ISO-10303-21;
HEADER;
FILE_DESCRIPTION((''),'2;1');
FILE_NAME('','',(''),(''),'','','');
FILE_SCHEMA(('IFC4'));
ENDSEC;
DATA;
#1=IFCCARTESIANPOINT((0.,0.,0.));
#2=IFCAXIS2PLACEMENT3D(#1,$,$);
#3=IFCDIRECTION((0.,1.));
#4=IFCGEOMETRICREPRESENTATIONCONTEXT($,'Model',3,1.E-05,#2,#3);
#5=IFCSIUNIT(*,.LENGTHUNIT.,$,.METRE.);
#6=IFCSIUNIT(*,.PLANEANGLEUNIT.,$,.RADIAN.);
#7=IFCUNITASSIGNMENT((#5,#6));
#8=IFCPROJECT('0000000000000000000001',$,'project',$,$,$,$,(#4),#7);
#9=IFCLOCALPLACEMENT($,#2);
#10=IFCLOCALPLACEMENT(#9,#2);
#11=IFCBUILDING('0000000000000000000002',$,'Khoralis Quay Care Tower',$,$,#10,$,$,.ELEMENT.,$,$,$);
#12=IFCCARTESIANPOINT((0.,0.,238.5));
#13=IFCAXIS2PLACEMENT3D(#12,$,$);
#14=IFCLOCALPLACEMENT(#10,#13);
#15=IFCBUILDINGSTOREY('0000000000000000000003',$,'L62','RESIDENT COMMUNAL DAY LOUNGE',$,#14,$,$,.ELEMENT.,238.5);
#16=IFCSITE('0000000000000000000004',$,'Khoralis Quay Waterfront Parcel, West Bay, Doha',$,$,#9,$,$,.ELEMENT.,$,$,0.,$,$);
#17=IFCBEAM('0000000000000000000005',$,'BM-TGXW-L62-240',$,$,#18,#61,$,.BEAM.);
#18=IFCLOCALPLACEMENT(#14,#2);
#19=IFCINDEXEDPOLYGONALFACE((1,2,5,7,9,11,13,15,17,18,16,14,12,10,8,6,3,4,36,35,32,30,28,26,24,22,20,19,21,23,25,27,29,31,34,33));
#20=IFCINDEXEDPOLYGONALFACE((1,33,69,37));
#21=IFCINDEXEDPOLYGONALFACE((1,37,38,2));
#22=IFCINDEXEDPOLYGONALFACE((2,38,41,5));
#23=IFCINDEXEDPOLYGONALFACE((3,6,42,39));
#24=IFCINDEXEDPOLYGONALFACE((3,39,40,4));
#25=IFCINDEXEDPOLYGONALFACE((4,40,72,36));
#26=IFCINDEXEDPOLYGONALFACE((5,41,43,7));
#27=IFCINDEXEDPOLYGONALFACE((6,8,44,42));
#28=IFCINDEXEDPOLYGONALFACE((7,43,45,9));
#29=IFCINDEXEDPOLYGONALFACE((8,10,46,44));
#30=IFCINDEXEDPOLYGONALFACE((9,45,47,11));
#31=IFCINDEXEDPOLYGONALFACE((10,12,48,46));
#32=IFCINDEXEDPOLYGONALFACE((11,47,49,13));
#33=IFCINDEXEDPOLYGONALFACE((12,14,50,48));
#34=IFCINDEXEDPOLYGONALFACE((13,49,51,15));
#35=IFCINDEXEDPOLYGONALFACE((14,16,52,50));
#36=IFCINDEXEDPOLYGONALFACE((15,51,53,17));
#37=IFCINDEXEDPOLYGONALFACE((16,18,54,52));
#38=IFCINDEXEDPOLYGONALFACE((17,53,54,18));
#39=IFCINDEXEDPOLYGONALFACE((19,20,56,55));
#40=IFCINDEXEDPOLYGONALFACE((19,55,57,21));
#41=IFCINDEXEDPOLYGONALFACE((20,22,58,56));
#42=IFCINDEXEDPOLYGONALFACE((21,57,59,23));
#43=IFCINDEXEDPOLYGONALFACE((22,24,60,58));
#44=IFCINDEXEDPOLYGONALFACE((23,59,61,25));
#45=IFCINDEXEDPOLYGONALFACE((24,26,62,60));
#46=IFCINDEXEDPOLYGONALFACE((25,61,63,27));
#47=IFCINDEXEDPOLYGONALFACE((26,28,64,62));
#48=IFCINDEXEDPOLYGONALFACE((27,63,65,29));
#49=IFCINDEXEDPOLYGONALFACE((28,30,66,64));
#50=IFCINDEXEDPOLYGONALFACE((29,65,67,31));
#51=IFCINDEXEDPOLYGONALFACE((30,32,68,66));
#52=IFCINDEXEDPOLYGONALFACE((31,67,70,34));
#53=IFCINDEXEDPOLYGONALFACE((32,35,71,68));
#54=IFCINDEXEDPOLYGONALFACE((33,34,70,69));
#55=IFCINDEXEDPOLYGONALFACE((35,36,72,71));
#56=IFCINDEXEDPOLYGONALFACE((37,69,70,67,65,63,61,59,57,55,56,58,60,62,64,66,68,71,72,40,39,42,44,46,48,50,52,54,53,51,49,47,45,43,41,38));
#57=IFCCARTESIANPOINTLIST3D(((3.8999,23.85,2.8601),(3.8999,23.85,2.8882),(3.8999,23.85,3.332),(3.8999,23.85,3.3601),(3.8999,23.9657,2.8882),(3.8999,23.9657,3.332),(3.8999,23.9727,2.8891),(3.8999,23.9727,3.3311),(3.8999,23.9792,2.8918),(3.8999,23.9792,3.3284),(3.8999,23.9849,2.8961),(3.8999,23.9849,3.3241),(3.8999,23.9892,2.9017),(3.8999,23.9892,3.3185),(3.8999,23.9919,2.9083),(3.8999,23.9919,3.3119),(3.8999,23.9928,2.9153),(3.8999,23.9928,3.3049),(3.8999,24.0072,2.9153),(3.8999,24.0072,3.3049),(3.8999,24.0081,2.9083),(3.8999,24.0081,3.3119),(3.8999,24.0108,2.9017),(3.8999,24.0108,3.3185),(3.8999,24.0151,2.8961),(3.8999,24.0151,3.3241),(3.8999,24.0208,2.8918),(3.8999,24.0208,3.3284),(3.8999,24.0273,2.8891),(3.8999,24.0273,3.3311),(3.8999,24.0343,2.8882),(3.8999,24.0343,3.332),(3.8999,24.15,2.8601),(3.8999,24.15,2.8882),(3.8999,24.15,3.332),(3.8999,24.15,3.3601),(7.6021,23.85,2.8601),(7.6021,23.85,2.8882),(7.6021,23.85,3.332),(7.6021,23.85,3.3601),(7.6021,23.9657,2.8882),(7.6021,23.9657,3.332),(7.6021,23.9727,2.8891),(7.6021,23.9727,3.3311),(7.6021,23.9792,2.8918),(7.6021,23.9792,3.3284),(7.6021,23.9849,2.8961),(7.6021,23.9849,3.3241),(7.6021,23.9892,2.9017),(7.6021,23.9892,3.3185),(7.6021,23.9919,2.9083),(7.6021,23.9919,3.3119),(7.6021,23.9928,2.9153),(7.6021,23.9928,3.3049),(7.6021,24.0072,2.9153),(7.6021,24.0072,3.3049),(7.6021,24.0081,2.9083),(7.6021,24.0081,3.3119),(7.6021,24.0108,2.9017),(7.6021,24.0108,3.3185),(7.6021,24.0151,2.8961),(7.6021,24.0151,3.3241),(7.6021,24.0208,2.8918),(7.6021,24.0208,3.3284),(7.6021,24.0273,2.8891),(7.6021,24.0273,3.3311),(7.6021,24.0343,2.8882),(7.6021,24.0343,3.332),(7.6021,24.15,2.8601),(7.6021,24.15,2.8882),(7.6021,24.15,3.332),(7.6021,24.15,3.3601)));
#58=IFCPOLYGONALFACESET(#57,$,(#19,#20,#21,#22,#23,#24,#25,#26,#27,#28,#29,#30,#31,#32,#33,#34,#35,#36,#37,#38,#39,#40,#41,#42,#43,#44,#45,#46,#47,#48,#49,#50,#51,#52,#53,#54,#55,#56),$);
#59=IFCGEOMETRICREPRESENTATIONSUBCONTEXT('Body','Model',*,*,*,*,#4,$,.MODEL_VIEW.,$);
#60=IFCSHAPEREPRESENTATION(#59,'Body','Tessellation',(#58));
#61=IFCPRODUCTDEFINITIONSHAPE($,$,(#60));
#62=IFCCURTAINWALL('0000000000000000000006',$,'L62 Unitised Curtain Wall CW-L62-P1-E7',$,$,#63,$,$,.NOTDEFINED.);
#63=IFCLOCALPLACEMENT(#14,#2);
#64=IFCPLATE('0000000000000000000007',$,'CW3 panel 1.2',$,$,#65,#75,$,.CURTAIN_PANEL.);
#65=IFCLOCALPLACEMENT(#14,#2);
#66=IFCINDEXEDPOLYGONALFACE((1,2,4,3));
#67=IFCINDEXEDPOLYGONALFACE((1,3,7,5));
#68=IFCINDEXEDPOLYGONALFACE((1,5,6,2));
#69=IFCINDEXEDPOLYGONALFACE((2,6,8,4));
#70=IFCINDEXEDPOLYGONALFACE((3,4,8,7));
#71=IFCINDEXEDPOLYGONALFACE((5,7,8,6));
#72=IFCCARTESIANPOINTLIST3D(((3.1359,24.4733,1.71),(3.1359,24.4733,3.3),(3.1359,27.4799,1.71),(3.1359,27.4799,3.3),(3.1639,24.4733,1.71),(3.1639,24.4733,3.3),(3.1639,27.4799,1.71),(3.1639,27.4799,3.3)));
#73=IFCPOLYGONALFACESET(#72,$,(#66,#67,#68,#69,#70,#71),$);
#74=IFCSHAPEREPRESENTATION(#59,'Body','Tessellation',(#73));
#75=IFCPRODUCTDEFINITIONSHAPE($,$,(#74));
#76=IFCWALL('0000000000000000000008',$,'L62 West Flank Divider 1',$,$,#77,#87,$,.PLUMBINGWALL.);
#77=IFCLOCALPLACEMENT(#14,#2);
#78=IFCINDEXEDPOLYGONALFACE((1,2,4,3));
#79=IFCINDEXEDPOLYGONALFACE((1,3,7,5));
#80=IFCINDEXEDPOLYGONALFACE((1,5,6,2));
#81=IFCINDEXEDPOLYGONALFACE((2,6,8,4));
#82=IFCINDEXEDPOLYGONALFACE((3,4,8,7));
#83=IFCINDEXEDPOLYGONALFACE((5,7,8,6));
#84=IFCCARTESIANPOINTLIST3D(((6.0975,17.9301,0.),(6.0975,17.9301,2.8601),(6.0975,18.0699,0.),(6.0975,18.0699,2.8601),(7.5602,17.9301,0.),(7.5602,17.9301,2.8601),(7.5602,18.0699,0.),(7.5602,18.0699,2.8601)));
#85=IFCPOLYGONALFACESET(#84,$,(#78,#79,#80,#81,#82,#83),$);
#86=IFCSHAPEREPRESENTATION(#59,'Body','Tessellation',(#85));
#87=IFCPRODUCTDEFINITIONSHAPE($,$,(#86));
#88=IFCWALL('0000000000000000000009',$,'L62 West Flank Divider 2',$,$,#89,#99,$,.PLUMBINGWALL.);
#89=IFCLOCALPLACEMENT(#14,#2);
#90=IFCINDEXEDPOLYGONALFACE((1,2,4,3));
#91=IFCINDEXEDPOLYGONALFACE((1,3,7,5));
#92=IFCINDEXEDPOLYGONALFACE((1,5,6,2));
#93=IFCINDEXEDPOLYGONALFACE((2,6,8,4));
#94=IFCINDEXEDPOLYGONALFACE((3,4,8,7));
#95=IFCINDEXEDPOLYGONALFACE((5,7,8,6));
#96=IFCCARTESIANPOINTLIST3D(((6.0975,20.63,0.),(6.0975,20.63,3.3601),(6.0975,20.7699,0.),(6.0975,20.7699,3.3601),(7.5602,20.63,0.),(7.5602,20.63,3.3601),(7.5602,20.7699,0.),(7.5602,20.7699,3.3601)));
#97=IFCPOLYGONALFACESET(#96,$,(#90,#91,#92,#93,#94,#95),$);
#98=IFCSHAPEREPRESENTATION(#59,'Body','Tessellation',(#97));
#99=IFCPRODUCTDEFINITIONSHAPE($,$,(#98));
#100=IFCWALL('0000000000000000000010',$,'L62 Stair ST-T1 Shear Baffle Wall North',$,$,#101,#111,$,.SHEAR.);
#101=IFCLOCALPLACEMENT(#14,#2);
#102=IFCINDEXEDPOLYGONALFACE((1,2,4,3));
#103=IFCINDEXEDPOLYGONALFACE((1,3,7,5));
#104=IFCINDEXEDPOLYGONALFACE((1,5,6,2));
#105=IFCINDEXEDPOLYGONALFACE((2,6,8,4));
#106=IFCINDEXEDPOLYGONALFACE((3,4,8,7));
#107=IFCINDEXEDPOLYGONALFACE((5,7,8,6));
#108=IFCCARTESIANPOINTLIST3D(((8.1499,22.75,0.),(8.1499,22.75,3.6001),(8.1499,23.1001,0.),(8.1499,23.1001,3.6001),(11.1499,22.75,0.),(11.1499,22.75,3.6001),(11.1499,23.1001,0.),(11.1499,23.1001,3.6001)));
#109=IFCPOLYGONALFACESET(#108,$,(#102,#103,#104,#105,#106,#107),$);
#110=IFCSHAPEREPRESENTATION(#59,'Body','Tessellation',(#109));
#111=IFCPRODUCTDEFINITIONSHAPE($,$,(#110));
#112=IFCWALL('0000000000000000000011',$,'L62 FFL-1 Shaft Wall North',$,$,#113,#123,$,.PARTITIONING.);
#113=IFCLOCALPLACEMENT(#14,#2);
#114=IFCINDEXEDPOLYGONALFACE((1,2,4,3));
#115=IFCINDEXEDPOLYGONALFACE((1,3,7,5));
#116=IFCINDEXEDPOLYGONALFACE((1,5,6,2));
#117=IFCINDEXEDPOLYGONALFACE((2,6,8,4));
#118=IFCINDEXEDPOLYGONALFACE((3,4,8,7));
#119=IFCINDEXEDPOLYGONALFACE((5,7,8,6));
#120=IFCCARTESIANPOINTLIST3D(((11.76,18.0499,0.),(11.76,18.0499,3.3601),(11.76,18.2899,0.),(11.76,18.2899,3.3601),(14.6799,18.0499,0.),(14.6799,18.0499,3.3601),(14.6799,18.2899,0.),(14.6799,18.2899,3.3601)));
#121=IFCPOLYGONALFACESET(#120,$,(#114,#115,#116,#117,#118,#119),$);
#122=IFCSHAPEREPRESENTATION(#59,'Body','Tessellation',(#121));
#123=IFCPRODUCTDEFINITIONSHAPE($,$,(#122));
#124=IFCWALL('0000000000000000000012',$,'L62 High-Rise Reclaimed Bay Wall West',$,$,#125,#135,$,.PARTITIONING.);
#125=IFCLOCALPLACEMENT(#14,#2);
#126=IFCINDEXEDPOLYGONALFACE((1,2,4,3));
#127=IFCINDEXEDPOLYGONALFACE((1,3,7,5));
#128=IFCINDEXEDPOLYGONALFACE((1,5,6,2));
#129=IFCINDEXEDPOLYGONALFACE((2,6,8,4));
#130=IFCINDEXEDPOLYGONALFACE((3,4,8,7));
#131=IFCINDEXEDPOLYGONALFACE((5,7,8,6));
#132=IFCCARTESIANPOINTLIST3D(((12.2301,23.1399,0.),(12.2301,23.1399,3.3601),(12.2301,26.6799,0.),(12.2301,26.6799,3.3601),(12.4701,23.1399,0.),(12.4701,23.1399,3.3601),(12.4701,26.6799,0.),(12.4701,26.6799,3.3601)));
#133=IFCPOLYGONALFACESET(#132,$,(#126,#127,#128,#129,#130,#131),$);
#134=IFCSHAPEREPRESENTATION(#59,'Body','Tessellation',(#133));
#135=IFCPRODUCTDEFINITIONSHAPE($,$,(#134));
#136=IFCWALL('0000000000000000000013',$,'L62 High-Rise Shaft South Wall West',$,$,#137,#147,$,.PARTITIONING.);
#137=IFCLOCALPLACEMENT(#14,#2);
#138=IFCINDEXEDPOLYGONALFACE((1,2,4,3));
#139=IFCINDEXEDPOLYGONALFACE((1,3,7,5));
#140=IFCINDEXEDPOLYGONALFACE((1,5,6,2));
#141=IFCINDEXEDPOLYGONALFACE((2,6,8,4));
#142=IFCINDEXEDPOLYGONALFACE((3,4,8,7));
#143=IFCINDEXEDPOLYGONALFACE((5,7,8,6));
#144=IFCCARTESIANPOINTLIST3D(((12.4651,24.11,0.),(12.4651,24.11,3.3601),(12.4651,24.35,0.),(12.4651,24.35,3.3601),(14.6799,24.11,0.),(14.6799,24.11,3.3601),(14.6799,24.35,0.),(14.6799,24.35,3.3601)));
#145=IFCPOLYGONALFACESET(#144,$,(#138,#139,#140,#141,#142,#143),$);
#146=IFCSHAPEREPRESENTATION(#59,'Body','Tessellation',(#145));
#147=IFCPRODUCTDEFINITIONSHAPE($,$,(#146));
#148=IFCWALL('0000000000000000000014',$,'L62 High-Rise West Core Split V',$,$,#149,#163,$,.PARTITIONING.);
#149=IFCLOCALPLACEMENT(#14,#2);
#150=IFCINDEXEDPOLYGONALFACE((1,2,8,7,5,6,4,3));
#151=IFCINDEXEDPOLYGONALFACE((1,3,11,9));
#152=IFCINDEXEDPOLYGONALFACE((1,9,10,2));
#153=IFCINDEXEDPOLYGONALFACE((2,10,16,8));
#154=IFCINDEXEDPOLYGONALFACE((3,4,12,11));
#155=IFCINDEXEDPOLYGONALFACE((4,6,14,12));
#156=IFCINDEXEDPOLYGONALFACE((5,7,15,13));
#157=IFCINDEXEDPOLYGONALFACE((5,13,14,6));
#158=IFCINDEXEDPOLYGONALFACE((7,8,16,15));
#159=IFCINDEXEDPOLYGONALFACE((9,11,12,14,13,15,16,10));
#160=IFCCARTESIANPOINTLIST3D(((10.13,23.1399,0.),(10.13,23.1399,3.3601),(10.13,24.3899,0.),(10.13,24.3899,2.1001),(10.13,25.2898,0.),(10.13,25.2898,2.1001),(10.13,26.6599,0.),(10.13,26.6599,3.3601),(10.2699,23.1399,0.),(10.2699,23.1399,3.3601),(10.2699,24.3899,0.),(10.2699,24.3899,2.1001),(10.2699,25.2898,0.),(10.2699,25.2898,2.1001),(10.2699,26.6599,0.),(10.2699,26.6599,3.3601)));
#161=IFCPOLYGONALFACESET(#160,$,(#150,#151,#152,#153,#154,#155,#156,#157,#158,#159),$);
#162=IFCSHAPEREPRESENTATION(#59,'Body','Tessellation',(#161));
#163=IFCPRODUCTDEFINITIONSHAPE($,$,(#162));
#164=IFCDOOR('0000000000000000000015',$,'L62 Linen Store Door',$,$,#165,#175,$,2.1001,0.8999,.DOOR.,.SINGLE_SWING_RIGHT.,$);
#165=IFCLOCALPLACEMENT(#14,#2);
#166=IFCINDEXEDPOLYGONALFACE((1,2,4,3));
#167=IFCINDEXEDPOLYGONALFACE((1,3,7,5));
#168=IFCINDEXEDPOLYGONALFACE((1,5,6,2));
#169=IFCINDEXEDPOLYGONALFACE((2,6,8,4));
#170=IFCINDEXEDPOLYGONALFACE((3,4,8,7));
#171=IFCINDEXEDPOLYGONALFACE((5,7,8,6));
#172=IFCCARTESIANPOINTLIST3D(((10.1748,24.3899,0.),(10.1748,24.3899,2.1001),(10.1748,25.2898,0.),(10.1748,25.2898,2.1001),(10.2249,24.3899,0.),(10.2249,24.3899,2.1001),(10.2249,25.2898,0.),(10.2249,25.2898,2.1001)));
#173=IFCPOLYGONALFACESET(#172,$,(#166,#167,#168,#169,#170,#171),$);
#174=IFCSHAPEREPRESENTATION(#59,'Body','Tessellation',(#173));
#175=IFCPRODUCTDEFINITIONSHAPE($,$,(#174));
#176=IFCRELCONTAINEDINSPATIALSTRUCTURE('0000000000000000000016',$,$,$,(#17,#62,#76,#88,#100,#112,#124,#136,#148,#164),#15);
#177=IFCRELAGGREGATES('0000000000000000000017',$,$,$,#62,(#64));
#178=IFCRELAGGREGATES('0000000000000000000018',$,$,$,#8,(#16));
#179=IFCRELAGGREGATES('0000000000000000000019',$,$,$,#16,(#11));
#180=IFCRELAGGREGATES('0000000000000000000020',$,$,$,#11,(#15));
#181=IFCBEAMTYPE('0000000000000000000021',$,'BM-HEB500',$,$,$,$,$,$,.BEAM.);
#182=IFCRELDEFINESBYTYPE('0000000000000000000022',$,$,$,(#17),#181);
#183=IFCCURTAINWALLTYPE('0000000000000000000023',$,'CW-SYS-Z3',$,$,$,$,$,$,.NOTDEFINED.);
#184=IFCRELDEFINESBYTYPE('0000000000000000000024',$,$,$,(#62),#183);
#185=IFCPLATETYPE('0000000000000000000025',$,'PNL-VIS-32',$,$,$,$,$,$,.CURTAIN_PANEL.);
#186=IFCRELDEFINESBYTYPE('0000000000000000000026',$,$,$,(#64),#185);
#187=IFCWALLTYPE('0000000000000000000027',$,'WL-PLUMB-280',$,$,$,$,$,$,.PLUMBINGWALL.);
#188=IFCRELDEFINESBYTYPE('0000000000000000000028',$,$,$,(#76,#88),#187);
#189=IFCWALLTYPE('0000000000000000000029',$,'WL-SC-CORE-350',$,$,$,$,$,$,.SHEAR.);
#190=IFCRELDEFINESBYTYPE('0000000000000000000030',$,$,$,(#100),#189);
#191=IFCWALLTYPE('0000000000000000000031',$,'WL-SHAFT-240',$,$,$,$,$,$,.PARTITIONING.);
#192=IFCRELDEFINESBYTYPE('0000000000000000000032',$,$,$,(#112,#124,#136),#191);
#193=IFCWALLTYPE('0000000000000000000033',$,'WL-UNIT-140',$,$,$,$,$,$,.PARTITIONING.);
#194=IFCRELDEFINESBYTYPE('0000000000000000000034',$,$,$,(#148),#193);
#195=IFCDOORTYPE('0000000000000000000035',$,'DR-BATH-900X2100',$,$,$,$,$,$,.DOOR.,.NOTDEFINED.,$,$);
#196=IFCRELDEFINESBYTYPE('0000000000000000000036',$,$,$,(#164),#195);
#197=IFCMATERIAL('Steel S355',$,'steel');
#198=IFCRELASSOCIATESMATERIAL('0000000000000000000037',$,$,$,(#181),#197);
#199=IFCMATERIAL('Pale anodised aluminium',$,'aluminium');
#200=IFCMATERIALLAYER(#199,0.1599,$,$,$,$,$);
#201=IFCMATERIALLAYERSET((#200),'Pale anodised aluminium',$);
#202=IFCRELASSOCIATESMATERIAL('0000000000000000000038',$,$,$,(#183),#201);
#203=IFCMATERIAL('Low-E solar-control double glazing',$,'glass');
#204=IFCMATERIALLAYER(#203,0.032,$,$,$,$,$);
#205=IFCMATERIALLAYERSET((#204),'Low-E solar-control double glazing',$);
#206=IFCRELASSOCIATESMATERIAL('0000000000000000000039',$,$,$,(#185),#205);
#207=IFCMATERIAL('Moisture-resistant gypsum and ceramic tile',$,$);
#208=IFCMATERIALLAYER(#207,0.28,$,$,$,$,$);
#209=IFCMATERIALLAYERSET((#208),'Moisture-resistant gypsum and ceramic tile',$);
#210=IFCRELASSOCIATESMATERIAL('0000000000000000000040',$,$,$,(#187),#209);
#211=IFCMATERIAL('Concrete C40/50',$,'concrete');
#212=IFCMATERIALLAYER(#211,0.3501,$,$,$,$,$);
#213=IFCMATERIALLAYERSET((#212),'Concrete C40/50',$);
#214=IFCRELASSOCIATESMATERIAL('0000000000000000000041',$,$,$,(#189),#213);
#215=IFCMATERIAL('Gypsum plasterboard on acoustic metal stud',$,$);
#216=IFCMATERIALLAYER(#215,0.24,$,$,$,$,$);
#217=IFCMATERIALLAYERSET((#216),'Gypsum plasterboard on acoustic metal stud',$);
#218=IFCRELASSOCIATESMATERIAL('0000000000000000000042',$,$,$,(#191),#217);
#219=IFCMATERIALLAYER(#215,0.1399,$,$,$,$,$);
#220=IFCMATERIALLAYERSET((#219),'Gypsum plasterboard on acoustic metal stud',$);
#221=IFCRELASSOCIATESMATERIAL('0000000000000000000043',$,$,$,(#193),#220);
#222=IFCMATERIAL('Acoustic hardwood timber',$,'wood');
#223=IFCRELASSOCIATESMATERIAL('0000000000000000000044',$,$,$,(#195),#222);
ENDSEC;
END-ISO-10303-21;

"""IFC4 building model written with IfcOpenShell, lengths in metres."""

from ifc_helpers import new_model, si_unit, direction, frame, frame_2d, origin, origin_2d, place, context, subcontext, project, spatial, rectangle, i_section, extrude, source, transform, mapped, material, layer, layer_set, material_profile, profile_set, type_object, element, fill, aggregate, save


model = new_model("IFC4")

# Units and contexts
model_context = context("Model", 3, precision=1e-05, world=origin(), true_north=direction((0.0, 1.0)))
body_context = subcontext(model_context, "Body", "Model", "MODEL_VIEW")
ifc_project = project(units=[si_unit("LENGTHUNIT", "METRE"), si_unit("PLANEANGLEUNIT", "RADIAN")], contexts=[model_context])

# Site, building, storey
site_placement = place(None, origin())
site = spatial("IfcSite", under=ifc_project, at=site_placement, Name="Khoralis Quay Waterfront Parcel, West Bay, Doha", CompositionType="ELEMENT", RefElevation=0.0)
building_placement = place(site_placement, origin())
building = spatial("IfcBuilding", under=site, at=building_placement, Name="Khoralis Quay Care Tower", CompositionType="ELEMENT")
storey_placement = place(building_placement, frame((0.0, 0.0, 238.5)))
storey = spatial("IfcBuildingStorey", under=building, at=storey_placement, Name="L62", Description="RESIDENT COMMUNAL DAY LOUNGE", CompositionType="ELEMENT", Elevation=238.5)

# Beam
ifc_material_1 = material(Name="Steel S355", Category="steel")
ifc_material_profile_1 = material_profile(ifc_material_1, i_section(OverallWidth=0.3, OverallDepth=0.5, WebThickness=0.0144, FlangeThickness=0.0281, FilletRadius=0.0271, at=origin_2d()), Name="Steel S355")
ifc_profile_set_1 = profile_set([ifc_material_profile_1], Name="Steel S355")
beam_type_1 = type_object("IfcBeamType", Name="BM-HEB500", PredefinedType="BEAM", material=ifc_profile_set_1)
shared_shape_1 = source(origin(), body_context, "Body", "SweptSolid", [
    extrude(i_section(OverallWidth=0.3, OverallDepth=0.5, WebThickness=0.0144, FlangeThickness=0.0281, FilletRadius=0.0271, at=origin_2d()), origin(), (0.0, 0.0, 1.0), 3.7021),
])
for number, where, z_axis, x_axis, name in (
    (1, (3.8999, 24.0, 3.1101), (1.0, 0.0, 0.0), (0.0, 1.0, 0.0), "BM-TGXW-L62-240"),
):
    element("IfcBeam", number, at=place(storey_placement, frame(where, z_axis=z_axis, x_axis=x_axis)), inside=storey, type_object=beam_type_1, Name=name, PredefinedType="BEAM", context=body_context, shape_type="MappedRepresentation", body=[
        mapped(shared_shape_1, transform((0.0, 0.0, 0.0), scale=1.0)),
    ])

# Curtain wall, plate
ifc_material_2 = material(Name="Pale anodised aluminium", Category="aluminium")
ifc_layer_1 = layer(ifc_material_2, 0.1599)
ifc_layer_set_1 = layer_set([ifc_layer_1], Name="Pale anodised aluminium")
curtain_wall_type = type_object("IfcCurtainWallType", Name="CW-SYS-Z3", PredefinedType="NOTDEFINED", material=ifc_layer_set_1)
curtain_wall_placement = place(storey_placement, origin())
curtain_wall = element("IfcCurtainWall", 2, at=curtain_wall_placement, inside=storey, type_object=curtain_wall_type, Name="L62 Unitised Curtain Wall CW-L62-P1-E7", PredefinedType="NOTDEFINED")
ifc_material_3 = material(Name="Low-E solar-control double glazing", Category="glass")
ifc_layer_2 = layer(ifc_material_3, 0.032)
ifc_layer_set_2 = layer_set([ifc_layer_2], Name="Low-E solar-control double glazing")
plate_type = type_object("IfcPlateType", Name="PNL-VIS-32", PredefinedType="CURTAIN_PANEL", material=ifc_layer_set_2)
shared_shape_2 = source(origin(), body_context, "Body", "SweptSolid", [
    extrude(rectangle(XDim=3.0066, YDim=0.0281, at=origin_2d()), origin(), (0.0, 0.0, 1.0), 1.5901),
])
plate_placement = place(storey_placement, frame((3.1499, 25.9766, 1.71), z_axis=(0.0, 0.0, 1.0), x_axis=(0.0, -1.0, 0.0)))
plate = element("IfcPlate", 3, at=plate_placement, type_object=plate_type, Name="CW3 panel 1.2", PredefinedType="CURTAIN_PANEL", context=body_context, shape_type="MappedRepresentation", body=[
    mapped(shared_shape_2, transform((0.0, 0.0, 0.0), scale=1.0)),
])
aggregate(curtain_wall, [plate])

# Walls
ifc_material_4 = material(Name="Moisture-resistant gypsum and ceramic tile")
ifc_layer_3 = layer(ifc_material_4, 0.28)
ifc_layer_set_3 = layer_set([ifc_layer_3], Name="Moisture-resistant gypsum and ceramic tile")
wall_type_1 = type_object("IfcWallType", Name="WL-PLUMB-280", PredefinedType="PLUMBINGWALL", material=ifc_layer_set_3)
wall_1_placement = place(storey_placement, frame((6.0974, 18.0, 0.0), z_axis=(0.0, 0.0, 1.0), x_axis=(1.0, 0.0, 0.0)))
element("IfcWall", 4, at=wall_1_placement, inside=storey, type_object=wall_type_1, Name="L62 West Flank Divider 1", PredefinedType="PLUMBINGWALL", context=body_context, shape_type="SweptSolid", body=[
    extrude(rectangle(XDim=1.4626, YDim=0.1399, at=frame_2d((0.7314, 0.0))), origin(), (0.0, 0.0, 1.0), 2.8601),
])
wall_2_placement = place(storey_placement, frame((6.0974, 20.7, 0.0), z_axis=(0.0, 0.0, 1.0), x_axis=(1.0, 0.0, 0.0)))
element("IfcWall", 5, at=wall_2_placement, inside=storey, type_object=wall_type_1, Name="L62 West Flank Divider 2", PredefinedType="PLUMBINGWALL", context=body_context, shape_type="SweptSolid", body=[
    extrude(rectangle(XDim=1.4626, YDim=0.1399, at=frame_2d((0.7314, 0.0))), origin(), (0.0, 0.0, 1.0), 3.3601),
])
ifc_material_5 = material(Name="Concrete C40/50", Category="concrete")
ifc_layer_4 = layer(ifc_material_5, 0.3501)
ifc_layer_set_4 = layer_set([ifc_layer_4], Name="Concrete C40/50")
wall_type_2 = type_object("IfcWallType", Name="WL-SC-CORE-350", PredefinedType="SHEAR", material=ifc_layer_set_4)
wall_3_placement = place(storey_placement, frame((8.1499, 22.925, 0.0), z_axis=(0.0, 0.0, 1.0), x_axis=(1.0, 0.0, 0.0)))
element("IfcWall", 6, at=wall_3_placement, inside=storey, type_object=wall_type_2, Name="L62 Stair ST-T1 Shear Baffle Wall North", PredefinedType="SHEAR", context=body_context, shape_type="SweptSolid", body=[
    extrude(rectangle(XDim=3.0, YDim=0.3501, at=frame_2d((1.5, 0.0))), origin(), (0.0, 0.0, 1.0), 3.6001),
])
ifc_material_6 = material(Name="Gypsum plasterboard on acoustic metal stud")
ifc_layer_5 = layer(ifc_material_6, 0.24)
ifc_layer_set_5 = layer_set([ifc_layer_5], Name="Gypsum plasterboard on acoustic metal stud")
wall_type_3 = type_object("IfcWallType", Name="WL-SHAFT-240", PredefinedType="PARTITIONING", material=ifc_layer_set_5)
wall_4_placement = place(storey_placement, frame((11.76, 18.1699, 0.0), z_axis=(0.0, 0.0, 1.0), x_axis=(1.0, 0.0, 0.0)))
element("IfcWall", 7, at=wall_4_placement, inside=storey, type_object=wall_type_3, Name="L62 FFL-1 Shaft Wall North", PredefinedType="PARTITIONING", context=body_context, shape_type="SweptSolid", body=[
    extrude(rectangle(XDim=2.9199, YDim=0.24, at=frame_2d((1.46, 0.0))), origin(), (0.0, 0.0, 1.0), 3.3601),
])
wall_5_placement = place(storey_placement, frame((12.3501, 23.1399, 0.0), z_axis=(0.0, 0.0, 1.0), x_axis=(0.0, 1.0, 0.0)))
element("IfcWall", 8, at=wall_5_placement, inside=storey, type_object=wall_type_3, Name="L62 High-Rise Reclaimed Bay Wall West", PredefinedType="PARTITIONING", context=body_context, shape_type="SweptSolid", body=[
    extrude(rectangle(XDim=3.54, YDim=0.24, at=frame_2d((1.77, 0.0))), origin(), (0.0, 0.0, 1.0), 3.3601),
])
wall_6_placement = place(storey_placement, frame((12.4651, 24.23, 0.0), z_axis=(0.0, 0.0, 1.0), x_axis=(1.0, 0.0, 0.0)))
element("IfcWall", 9, at=wall_6_placement, inside=storey, type_object=wall_type_3, Name="L62 High-Rise Shaft South Wall West", PredefinedType="PARTITIONING", context=body_context, shape_type="SweptSolid", body=[
    extrude(rectangle(XDim=2.2148, YDim=0.24, at=frame_2d((1.1074, 0.0))), origin(), (0.0, 0.0, 1.0), 3.3601),
])

# Wall, opening, door
ifc_layer_6 = layer(ifc_material_6, 0.1399)
ifc_layer_set_6 = layer_set([ifc_layer_6], Name="Gypsum plasterboard on acoustic metal stud")
wall_type_4 = type_object("IfcWallType", Name="WL-UNIT-140", PredefinedType="PARTITIONING", material=ifc_layer_set_6)
wall_7_placement = place(storey_placement, frame((10.2, 23.1399, 0.0), z_axis=(0.0, 0.0, 1.0), x_axis=(0.0, 1.0, 0.0)))
wall_7 = element("IfcWall", 10, at=wall_7_placement, inside=storey, type_object=wall_type_4, Name="L62 High-Rise West Core Split V", PredefinedType="PARTITIONING", context=body_context, shape_type="SweptSolid", body=[
    extrude(rectangle(XDim=3.52, YDim=0.1399, at=frame_2d((1.76, 0.0))), origin(), (0.0, 0.0, 1.0), 3.3601),
])
opening_placement = place(wall_7_placement, frame((1.25, 0.0, 0.0)))
opening = element("IfcOpeningElement", 11, at=opening_placement, cuts=wall_7, PredefinedType="OPENING", context=body_context, shape_type="SweptSolid", body=[
    extrude(rectangle(XDim=0.8999, YDim=2.1001, at=frame_2d((0.45, 1.05))), frame((0.0, 0.0801, 0.0), z_axis=(0.0, -1.0, 0.0), x_axis=(1.0, 0.0, 0.0)), (0.0, 0.0, 1.0), 0.1599),
])
ifc_material_7 = material(Name="Acoustic hardwood timber", Category="wood")
door_type = type_object("IfcDoorType", Name="DR-BATH-900X2100", OperationType="NOTDEFINED", PredefinedType="DOOR", material=ifc_material_7)
shared_shape_3 = source(origin(), body_context, "Body", "SweptSolid", [
    extrude(rectangle(XDim=0.8999, YDim=2.1001, at=frame_2d((0.45, 1.05))), frame((0.0, 0.0249, 0.0), z_axis=(0.0, -1.0, 0.0), x_axis=(1.0, 0.0, 0.0)), (0.0, 0.0, 1.0), 0.05),
])
door_placement = place(opening_placement, frame((0.8999, 0.0, 0.0), z_axis=(0.0, 0.0, 1.0), x_axis=(-1.0, 0.0, 0.0)))
door = element("IfcDoor", 12, at=door_placement, inside=storey, type_object=door_type, Name="L62 Linen Store Door", OperationType="SINGLE_SWING_RIGHT", OverallHeight=2.1001, OverallWidth=0.8999, PredefinedType="DOOR", context=body_context, shape_type="MappedRepresentation", body=[
    mapped(shared_shape_3, transform((0.0, 0.0, 0.0), scale=1.0)),
])
fill(opening, door)

save(model, "model.ifc")
